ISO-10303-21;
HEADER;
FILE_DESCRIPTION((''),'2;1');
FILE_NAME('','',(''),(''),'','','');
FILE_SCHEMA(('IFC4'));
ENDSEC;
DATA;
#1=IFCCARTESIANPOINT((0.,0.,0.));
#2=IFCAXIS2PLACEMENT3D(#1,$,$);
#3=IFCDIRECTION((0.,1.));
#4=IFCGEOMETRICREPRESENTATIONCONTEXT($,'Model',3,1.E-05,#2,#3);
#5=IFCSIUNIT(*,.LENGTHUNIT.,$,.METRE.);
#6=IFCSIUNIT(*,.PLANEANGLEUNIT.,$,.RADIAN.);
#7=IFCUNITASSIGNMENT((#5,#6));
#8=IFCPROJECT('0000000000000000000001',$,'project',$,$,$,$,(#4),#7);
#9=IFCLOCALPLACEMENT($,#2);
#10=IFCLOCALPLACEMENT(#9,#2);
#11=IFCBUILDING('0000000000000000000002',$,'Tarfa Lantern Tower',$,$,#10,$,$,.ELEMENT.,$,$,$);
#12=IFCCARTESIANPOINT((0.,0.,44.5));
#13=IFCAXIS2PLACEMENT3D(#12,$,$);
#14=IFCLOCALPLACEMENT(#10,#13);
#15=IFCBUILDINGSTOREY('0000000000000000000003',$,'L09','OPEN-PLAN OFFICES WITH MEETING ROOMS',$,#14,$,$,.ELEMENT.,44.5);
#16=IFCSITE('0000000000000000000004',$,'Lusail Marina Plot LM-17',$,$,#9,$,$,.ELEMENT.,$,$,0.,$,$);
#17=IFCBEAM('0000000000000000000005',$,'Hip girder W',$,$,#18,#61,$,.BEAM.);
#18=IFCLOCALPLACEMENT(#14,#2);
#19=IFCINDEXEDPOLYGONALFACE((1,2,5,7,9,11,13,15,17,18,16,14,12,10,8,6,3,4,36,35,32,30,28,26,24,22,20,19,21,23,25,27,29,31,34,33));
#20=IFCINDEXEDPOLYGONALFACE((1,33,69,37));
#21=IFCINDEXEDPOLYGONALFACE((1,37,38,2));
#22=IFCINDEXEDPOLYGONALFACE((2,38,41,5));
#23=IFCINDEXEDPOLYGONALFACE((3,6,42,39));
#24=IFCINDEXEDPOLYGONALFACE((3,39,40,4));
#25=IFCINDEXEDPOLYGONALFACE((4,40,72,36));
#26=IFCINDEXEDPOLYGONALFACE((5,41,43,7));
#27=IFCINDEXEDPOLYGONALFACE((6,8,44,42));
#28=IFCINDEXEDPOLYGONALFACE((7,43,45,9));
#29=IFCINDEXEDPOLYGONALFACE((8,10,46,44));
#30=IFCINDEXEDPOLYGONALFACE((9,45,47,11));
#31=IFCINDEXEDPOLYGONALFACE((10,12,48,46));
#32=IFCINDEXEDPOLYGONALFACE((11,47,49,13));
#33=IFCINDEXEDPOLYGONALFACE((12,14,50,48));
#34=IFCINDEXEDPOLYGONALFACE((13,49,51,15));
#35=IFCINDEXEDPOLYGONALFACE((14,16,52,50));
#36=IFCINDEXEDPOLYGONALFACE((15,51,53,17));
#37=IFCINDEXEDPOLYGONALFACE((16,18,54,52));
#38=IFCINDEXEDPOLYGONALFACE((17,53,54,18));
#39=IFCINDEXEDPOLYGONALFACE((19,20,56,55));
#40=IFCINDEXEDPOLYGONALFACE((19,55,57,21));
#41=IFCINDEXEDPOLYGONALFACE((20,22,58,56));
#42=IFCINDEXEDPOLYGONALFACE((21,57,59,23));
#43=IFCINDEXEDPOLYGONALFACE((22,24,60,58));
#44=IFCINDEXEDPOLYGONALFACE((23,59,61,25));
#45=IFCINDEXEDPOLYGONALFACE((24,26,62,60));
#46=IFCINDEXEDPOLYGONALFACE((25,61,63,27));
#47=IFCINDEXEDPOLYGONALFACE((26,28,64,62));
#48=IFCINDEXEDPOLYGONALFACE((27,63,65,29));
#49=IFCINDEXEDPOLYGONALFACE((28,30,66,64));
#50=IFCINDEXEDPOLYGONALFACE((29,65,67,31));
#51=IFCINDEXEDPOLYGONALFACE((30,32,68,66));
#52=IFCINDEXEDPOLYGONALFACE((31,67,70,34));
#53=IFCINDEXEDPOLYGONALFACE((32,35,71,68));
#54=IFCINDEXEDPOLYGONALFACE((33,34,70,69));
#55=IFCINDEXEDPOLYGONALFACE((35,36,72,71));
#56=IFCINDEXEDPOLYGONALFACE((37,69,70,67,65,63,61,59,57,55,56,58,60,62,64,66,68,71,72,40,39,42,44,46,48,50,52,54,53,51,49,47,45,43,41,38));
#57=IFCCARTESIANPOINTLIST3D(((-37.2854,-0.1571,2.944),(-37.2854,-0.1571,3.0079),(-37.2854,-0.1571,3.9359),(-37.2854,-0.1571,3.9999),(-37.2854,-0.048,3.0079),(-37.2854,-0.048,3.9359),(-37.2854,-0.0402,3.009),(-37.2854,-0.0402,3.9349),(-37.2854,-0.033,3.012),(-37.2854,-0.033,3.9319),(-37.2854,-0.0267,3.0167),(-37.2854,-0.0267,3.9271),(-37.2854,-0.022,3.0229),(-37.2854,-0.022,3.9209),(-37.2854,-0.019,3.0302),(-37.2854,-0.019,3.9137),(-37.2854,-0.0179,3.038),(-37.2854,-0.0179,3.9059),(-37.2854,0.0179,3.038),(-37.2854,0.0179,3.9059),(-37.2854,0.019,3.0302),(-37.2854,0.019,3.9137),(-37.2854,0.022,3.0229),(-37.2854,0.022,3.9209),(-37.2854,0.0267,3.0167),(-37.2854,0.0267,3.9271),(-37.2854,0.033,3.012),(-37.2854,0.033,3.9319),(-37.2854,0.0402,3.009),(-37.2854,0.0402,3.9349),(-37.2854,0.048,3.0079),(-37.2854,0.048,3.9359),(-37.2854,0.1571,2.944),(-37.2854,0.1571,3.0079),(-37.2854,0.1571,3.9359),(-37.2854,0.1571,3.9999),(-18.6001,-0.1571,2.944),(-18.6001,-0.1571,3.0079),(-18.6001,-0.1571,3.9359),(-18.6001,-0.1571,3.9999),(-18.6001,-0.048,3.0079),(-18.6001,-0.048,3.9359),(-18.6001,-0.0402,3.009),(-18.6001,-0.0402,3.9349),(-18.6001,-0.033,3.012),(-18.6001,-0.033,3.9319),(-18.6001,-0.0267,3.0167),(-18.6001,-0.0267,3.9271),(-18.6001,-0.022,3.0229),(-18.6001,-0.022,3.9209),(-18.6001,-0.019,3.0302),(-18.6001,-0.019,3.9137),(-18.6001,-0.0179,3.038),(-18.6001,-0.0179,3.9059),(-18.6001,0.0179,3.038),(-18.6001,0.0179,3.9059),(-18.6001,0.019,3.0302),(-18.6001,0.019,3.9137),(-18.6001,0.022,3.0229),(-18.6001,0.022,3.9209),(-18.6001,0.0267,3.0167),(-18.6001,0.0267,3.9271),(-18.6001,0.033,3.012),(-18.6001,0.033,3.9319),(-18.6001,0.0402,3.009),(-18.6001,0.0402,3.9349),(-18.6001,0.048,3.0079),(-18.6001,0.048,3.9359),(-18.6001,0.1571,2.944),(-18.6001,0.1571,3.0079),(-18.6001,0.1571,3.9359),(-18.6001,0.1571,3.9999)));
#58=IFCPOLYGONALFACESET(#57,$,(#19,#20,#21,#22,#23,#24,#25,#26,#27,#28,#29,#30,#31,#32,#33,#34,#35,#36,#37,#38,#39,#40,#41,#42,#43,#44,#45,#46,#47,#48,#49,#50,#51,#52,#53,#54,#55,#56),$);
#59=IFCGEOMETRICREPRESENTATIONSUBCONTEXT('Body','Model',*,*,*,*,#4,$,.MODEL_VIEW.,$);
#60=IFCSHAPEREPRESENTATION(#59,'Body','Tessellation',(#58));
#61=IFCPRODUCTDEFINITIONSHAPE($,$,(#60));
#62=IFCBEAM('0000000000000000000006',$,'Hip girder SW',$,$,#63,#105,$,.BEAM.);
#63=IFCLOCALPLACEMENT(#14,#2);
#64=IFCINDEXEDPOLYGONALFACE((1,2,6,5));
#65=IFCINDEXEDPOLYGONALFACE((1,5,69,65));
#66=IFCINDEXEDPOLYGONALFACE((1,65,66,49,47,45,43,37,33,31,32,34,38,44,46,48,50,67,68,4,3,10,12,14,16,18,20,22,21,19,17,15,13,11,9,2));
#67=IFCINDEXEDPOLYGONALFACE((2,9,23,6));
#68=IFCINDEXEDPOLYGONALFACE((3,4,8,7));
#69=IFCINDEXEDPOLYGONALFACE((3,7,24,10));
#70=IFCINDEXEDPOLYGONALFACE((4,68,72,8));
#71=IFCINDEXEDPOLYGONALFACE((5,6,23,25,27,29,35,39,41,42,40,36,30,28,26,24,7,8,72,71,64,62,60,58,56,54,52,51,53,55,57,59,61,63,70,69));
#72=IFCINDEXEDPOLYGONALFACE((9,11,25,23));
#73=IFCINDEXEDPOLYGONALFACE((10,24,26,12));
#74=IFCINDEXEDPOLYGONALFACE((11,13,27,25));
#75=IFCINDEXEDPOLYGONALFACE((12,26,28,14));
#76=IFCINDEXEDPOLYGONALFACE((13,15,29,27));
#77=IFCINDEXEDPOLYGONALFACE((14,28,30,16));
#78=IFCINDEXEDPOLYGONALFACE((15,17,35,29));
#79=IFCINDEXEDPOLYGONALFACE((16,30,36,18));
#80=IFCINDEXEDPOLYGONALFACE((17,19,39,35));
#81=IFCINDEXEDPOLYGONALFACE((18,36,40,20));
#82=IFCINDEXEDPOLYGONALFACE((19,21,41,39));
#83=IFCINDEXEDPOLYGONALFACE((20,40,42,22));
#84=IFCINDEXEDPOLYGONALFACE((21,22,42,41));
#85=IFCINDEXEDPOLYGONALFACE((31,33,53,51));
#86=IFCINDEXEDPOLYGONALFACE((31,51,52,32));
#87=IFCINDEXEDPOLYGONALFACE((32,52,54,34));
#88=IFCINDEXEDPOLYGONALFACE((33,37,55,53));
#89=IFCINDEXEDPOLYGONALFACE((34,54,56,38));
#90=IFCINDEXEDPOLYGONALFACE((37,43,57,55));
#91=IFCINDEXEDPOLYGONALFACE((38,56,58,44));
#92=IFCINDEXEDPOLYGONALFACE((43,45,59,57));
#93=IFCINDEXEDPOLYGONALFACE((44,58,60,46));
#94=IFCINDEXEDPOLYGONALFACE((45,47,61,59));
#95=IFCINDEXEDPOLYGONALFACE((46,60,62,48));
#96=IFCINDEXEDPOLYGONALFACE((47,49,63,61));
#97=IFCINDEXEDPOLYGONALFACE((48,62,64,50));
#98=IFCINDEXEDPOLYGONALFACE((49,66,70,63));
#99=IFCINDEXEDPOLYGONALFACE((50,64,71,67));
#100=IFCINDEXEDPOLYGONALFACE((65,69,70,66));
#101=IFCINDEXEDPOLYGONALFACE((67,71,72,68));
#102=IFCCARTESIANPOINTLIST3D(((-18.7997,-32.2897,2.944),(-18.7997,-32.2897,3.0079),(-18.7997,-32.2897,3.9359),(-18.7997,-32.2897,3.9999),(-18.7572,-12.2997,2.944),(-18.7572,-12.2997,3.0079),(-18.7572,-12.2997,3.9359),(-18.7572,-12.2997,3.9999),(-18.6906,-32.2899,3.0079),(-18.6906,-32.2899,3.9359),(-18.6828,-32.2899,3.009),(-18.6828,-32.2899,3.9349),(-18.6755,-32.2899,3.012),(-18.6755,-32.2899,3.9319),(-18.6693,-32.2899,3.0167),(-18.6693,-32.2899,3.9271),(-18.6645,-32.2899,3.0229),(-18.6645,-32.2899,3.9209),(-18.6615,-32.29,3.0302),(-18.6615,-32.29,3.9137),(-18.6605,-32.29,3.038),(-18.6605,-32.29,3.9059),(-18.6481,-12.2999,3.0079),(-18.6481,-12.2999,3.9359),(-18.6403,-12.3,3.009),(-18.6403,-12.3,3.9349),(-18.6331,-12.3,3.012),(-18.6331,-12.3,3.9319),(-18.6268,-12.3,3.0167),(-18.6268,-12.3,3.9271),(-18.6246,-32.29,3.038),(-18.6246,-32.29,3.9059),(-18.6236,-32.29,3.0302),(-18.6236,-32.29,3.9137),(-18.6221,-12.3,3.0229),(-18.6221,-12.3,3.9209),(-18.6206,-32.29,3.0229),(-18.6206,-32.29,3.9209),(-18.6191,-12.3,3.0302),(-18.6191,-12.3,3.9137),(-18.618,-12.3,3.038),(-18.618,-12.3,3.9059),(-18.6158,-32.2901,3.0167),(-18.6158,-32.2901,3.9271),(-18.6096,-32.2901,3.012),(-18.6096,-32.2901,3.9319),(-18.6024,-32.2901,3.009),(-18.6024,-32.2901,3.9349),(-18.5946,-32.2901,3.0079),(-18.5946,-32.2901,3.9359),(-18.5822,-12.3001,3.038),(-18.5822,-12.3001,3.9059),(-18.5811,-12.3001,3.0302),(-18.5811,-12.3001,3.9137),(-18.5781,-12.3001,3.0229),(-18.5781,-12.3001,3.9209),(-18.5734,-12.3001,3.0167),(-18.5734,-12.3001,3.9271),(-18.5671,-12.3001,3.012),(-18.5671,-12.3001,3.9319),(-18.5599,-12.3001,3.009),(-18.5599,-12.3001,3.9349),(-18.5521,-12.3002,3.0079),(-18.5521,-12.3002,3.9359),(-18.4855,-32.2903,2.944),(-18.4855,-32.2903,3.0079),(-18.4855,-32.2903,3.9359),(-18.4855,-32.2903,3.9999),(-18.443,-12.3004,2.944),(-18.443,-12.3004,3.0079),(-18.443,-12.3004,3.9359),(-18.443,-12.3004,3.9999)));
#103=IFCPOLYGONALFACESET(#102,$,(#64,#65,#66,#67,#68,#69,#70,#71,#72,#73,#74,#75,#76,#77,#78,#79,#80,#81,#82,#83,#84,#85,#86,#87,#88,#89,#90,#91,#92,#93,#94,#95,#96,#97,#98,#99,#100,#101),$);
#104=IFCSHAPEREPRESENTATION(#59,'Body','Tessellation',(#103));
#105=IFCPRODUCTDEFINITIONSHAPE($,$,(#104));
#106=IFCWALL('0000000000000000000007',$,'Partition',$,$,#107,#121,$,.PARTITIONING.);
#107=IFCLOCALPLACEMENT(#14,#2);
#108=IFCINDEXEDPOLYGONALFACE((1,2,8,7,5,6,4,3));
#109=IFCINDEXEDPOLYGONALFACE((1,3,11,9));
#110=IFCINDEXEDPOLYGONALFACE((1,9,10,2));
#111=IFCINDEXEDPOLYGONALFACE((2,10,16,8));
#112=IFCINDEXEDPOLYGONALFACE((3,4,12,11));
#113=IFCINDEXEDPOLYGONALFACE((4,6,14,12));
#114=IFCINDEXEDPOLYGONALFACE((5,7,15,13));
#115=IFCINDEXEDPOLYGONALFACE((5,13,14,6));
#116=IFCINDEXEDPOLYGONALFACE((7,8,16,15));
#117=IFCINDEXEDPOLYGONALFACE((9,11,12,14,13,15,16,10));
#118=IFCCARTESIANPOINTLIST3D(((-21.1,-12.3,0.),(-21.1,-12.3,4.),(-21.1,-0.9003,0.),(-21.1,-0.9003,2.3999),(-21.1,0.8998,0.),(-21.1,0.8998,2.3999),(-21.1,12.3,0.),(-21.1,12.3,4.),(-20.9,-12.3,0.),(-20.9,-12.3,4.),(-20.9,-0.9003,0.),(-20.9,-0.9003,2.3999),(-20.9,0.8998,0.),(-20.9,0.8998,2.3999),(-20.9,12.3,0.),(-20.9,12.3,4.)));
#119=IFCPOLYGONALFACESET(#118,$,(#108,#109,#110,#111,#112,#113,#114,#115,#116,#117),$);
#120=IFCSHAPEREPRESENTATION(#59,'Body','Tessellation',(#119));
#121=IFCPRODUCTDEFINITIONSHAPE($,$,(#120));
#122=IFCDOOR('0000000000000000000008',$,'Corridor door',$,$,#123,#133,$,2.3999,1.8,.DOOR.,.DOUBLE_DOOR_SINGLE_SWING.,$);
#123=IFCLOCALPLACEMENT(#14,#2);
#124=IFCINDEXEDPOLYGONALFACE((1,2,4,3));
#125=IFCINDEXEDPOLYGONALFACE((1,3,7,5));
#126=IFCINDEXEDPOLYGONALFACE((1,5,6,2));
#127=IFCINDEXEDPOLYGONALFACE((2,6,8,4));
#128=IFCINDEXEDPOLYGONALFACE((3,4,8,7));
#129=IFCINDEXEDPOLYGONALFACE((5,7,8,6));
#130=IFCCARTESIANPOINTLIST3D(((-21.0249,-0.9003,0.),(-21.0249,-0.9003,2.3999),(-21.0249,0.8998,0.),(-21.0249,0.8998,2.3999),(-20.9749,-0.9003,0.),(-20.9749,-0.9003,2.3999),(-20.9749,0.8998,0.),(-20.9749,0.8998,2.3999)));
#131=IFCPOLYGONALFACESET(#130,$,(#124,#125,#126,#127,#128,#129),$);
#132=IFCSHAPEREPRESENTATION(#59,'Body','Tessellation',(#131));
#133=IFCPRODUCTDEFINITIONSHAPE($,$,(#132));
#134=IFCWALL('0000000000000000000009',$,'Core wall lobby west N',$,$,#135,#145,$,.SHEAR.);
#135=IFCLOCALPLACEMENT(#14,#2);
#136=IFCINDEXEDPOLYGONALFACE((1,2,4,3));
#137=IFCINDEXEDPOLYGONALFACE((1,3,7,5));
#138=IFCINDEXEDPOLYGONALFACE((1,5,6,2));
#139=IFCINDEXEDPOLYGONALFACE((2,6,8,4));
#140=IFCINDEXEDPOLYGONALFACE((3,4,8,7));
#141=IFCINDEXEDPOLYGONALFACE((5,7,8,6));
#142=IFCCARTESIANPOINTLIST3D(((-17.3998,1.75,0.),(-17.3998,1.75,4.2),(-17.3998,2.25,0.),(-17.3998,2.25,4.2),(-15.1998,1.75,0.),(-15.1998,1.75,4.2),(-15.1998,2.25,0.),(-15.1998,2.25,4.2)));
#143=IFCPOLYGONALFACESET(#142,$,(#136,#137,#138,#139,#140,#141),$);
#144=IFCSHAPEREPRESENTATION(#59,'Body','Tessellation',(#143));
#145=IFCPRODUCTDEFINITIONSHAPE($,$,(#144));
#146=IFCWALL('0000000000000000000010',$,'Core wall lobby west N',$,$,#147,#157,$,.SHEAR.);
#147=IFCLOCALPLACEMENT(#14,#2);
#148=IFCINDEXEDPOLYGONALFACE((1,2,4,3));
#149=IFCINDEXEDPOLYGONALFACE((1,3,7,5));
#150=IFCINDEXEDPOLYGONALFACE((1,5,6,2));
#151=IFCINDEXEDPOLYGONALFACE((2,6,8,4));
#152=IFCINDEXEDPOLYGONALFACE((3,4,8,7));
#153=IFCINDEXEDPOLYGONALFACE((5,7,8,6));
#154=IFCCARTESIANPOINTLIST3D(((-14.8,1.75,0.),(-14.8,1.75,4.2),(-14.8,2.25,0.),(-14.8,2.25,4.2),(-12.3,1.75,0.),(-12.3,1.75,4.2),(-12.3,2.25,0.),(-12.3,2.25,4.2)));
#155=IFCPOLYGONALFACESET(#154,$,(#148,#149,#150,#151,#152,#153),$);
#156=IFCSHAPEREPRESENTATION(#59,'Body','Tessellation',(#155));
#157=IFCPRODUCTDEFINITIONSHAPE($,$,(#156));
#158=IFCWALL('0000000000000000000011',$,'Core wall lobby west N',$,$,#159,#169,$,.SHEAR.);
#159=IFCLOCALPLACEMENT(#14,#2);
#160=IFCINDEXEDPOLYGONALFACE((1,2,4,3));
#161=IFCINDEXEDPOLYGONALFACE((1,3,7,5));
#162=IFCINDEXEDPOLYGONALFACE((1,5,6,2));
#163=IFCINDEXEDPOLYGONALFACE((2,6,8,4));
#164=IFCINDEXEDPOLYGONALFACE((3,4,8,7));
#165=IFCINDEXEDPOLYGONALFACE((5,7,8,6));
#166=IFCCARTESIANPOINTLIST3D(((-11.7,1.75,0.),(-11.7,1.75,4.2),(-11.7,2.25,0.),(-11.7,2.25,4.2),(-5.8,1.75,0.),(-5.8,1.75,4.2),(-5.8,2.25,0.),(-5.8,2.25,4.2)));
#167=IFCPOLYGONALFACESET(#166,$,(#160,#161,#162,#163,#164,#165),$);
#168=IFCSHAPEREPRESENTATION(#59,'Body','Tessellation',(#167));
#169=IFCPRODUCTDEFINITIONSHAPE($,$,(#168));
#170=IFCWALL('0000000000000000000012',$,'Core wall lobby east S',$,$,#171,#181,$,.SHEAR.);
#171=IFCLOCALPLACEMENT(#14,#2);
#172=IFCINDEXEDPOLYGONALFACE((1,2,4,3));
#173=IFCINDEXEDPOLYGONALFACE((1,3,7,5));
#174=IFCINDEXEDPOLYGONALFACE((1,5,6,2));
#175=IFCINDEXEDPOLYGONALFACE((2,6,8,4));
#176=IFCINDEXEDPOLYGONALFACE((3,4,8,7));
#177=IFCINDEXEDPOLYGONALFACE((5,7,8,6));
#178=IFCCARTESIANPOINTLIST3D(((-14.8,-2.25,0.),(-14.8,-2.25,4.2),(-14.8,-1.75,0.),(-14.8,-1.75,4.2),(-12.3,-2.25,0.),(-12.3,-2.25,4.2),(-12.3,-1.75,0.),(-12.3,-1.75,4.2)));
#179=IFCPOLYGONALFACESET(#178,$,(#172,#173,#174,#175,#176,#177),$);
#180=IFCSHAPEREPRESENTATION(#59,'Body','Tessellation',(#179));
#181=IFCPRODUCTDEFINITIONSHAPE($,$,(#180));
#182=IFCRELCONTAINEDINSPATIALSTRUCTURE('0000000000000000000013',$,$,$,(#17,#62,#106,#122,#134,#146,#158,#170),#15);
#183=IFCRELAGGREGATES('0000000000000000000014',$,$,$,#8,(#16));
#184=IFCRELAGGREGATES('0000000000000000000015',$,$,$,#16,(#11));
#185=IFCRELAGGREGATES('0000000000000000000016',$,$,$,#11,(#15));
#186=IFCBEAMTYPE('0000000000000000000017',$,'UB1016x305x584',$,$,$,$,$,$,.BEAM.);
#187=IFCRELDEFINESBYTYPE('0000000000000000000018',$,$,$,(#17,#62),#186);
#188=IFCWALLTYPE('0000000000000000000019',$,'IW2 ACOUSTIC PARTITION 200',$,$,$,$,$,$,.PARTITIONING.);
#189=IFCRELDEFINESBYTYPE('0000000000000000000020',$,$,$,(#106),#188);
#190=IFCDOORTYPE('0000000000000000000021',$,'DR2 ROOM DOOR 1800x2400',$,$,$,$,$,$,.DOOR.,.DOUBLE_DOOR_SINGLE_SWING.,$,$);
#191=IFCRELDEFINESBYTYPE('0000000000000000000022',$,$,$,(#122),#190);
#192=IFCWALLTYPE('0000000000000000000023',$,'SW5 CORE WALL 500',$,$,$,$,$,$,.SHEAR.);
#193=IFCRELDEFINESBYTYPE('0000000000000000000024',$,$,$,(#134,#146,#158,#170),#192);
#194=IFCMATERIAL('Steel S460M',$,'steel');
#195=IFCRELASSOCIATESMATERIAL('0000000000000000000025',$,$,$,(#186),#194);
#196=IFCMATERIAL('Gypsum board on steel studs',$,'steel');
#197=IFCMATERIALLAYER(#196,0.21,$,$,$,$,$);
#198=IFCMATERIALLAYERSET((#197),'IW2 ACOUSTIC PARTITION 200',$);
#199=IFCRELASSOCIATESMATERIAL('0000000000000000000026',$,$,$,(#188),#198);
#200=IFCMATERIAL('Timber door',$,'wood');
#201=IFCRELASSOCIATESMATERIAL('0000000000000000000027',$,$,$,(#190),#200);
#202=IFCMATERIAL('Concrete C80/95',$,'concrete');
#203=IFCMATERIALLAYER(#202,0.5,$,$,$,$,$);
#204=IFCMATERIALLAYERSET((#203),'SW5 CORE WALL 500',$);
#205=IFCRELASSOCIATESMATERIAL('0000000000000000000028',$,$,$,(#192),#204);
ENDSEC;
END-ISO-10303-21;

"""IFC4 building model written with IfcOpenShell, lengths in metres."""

from ifc_helpers import new_model, si_unit, direction, frame, frame_2d, origin, origin_2d, place, context, subcontext, project, spatial, rectangle, i_section, extrude, material, layer, layer_set, material_profile, profile_set, type_object, element, fill, save


model = new_model("IFC4")

# Units and contexts
model_context = context("Model", 3, precision=1e-05, world=origin(), true_north=direction((0.0, 1.0)))
body_context = subcontext(model_context, "Body", "Model", "MODEL_VIEW")
ifc_project = project(units=[si_unit("LENGTHUNIT", "METRE"), si_unit("PLANEANGLEUNIT", "RADIAN")], contexts=[model_context])

# Site, building, storey
site_placement = place(None, origin())
site = spatial("IfcSite", under=ifc_project, at=site_placement, Name="Lusail Marina Plot LM-17", CompositionType="ELEMENT", RefElevation=0.0)
building_placement = place(site_placement, origin())
building = spatial("IfcBuilding", under=site, at=building_placement, Name="Tarfa Lantern Tower", CompositionType="ELEMENT")
storey_placement = place(building_placement, frame((0.0, 0.0, 44.5)))
storey = spatial("IfcBuildingStorey", under=building, at=storey_placement, Name="L09", Description="OPEN-PLAN OFFICES WITH MEETING ROOMS", CompositionType="ELEMENT", Elevation=44.5)

# Beams
ifc_material_1 = material(Name="Steel S460M", Category="steel")
ifc_material_profile = material_profile(ifc_material_1, i_section(OverallWidth=0.3142, OverallDepth=1.0559, WebThickness=0.0359, FlangeThickness=0.064, FilletRadius=0.03, at=origin_2d()), Name="UB1016x305x584")
ifc_profile_set = profile_set([ifc_material_profile], Name="Steel S460M")
beam_type = type_object("IfcBeamType", Name="UB1016x305x584", PredefinedType="BEAM", material=ifc_profile_set)
beam_1_placement = place(storey_placement, frame((-18.6001, 0.0, 3.4719), z_axis=(-1.0, 0.0, 0.0), x_axis=(0.0, -1.0, 0.0)))
element("IfcBeam", 1, at=beam_1_placement, inside=storey, type_object=beam_type, Name="Hip girder W", PredefinedType="BEAM", context=body_context, shape_type="SweptSolid", body=[
    extrude(i_section(OverallWidth=0.3142, OverallDepth=1.0559, WebThickness=0.0359, FlangeThickness=0.064, FilletRadius=0.03, at=origin_2d()), origin(), (0.0, 0.0, 1.0), 18.6853),
])
beam_2_placement = place(storey_placement, frame((-18.6001, -12.3, 3.4719), z_axis=(-0.002125, -0.999998, 0.0), x_axis=(0.999998, -0.002125, 0.0)))
element("IfcBeam", 2, at=beam_2_placement, inside=storey, type_object=beam_type, Name="Hip girder SW", PredefinedType="BEAM", context=body_context, shape_type="SweptSolid", body=[
    extrude(i_section(OverallWidth=0.3142, OverallDepth=1.0559, WebThickness=0.0359, FlangeThickness=0.064, FilletRadius=0.03, at=origin_2d()), origin(), (0.0, 0.0, 1.0), 19.99),
])

# Wall, opening, door
ifc_material_2 = material(Name="Gypsum board on steel studs", Category="steel")
ifc_layer_1 = layer(ifc_material_2, 0.21)
ifc_layer_set_1 = layer_set([ifc_layer_1], Name="IW2 ACOUSTIC PARTITION 200")
wall_type_1 = type_object("IfcWallType", Name="IW2 ACOUSTIC PARTITION 200", PredefinedType="PARTITIONING", material=ifc_layer_set_1)
wall_1_placement = place(storey_placement, frame((-21.0, -12.3, 0.0), z_axis=(0.0, 0.0, 1.0), x_axis=(0.0, 1.0, 0.0)))
wall_1 = element("IfcWall", 3, at=wall_1_placement, inside=storey, type_object=wall_type_1, Name="Partition", PredefinedType="PARTITIONING", context=body_context, shape_type="SweptSolid", body=[
    extrude(rectangle(XDim=24.6001, YDim=0.2, at=frame_2d((12.3, 0.0))), origin(), (0.0, 0.0, 1.0), 4.0),
])
opening_1_placement = place(wall_1_placement, frame((11.3999, 0.0, 0.0)))
opening_1 = element("IfcOpeningElement", 4, at=opening_1_placement, cuts=wall_1, PredefinedType="OPENING", context=body_context, shape_type="SweptSolid", body=[
    extrude(rectangle(XDim=1.8, YDim=2.3999, at=frame_2d((0.8999, 1.2))), frame((0.0, 0.1099, 0.0), z_axis=(0.0, -1.0, 0.0), x_axis=(1.0, 0.0, 0.0)), (0.0, 0.0, 1.0), 0.22),
])
ifc_material_3 = material(Name="Timber door", Category="wood")
door_type_1 = type_object("IfcDoorType", Name="DR2 ROOM DOOR 1800x2400", OperationType="DOUBLE_DOOR_SINGLE_SWING", PredefinedType="DOOR", material=ifc_material_3)
door_1_placement = place(opening_1_placement, origin())
door_1 = element("IfcDoor", 5, at=door_1_placement, inside=storey, type_object=door_type_1, Name="Corridor door", OperationType="DOUBLE_DOOR_SINGLE_SWING", OverallHeight=2.3999, OverallWidth=1.8, PredefinedType="DOOR", context=body_context, shape_type="SweptSolid", body=[
    extrude(rectangle(XDim=1.8, YDim=2.3999, at=frame_2d((0.8999, 1.2))), frame((0.0, 0.0249, 0.0), z_axis=(0.0, -1.0, 0.0), x_axis=(1.0, 0.0, 0.0)), (0.0, 0.0, 1.0), 0.05),
])
fill(opening_1, door_1)

# Walls
ifc_material_4 = material(Name="Concrete C80/95", Category="concrete")
ifc_layer_2 = layer(ifc_material_4, 0.5)
ifc_layer_set_2 = layer_set([ifc_layer_2], Name="SW5 CORE WALL 500")
wall_type_2 = type_object("IfcWallType", Name="SW5 CORE WALL 500", PredefinedType="SHEAR", material=ifc_layer_set_2)
wall_2_placement = place(storey_placement, frame((-17.3999, 2.0, 0.0), z_axis=(0.0, 0.0, 1.0), x_axis=(1.0, 0.0, 0.0)))
element("IfcWall", 6, at=wall_2_placement, inside=storey, type_object=wall_type_2, Name="Core wall lobby west N", PredefinedType="SHEAR", context=body_context, shape_type="SweptSolid", body=[
    extrude(rectangle(XDim=2.2, YDim=0.5, at=frame_2d((1.1001, 0.0))), origin(), (0.0, 0.0, 1.0), 4.2),
])
wall_3_placement = place(storey_placement, frame((-14.8, 2.0, 0.0), z_axis=(0.0, 0.0, 1.0), x_axis=(1.0, 0.0, 0.0)))
element("IfcWall", 7, at=wall_3_placement, inside=storey, type_object=wall_type_2, Name="Core wall lobby west N", PredefinedType="SHEAR", context=body_context, shape_type="SweptSolid", body=[
    extrude(rectangle(XDim=2.5, YDim=0.5, at=frame_2d((1.25, 0.0))), origin(), (0.0, 0.0, 1.0), 4.2),
])
wall_4_placement = place(storey_placement, frame((-11.7, 2.0, 0.0), z_axis=(0.0, 0.0, 1.0), x_axis=(1.0, 0.0, 0.0)))
element("IfcWall", 8, at=wall_4_placement, inside=storey, type_object=wall_type_2, Name="Core wall lobby west N", PredefinedType="SHEAR", context=body_context, shape_type="SweptSolid", body=[
    extrude(rectangle(XDim=5.8999, YDim=0.5, at=frame_2d((2.95, 0.0))), origin(), (0.0, 0.0, 1.0), 4.2),
])
wall_5_placement = place(storey_placement, frame((-12.3, -2.0, 0.0), z_axis=(0.0, 0.0, 1.0), x_axis=(-1.0, 0.0, 0.0)))
element("IfcWall", 9, at=wall_5_placement, inside=storey, type_object=wall_type_2, Name="Core wall lobby east S", PredefinedType="SHEAR", context=body_context, shape_type="SweptSolid", body=[
    extrude(rectangle(XDim=2.5, YDim=0.5, at=frame_2d((1.25, 0.0))), origin(), (0.0, 0.0, 1.0), 4.2),
])

save(model, "model.ifc")
